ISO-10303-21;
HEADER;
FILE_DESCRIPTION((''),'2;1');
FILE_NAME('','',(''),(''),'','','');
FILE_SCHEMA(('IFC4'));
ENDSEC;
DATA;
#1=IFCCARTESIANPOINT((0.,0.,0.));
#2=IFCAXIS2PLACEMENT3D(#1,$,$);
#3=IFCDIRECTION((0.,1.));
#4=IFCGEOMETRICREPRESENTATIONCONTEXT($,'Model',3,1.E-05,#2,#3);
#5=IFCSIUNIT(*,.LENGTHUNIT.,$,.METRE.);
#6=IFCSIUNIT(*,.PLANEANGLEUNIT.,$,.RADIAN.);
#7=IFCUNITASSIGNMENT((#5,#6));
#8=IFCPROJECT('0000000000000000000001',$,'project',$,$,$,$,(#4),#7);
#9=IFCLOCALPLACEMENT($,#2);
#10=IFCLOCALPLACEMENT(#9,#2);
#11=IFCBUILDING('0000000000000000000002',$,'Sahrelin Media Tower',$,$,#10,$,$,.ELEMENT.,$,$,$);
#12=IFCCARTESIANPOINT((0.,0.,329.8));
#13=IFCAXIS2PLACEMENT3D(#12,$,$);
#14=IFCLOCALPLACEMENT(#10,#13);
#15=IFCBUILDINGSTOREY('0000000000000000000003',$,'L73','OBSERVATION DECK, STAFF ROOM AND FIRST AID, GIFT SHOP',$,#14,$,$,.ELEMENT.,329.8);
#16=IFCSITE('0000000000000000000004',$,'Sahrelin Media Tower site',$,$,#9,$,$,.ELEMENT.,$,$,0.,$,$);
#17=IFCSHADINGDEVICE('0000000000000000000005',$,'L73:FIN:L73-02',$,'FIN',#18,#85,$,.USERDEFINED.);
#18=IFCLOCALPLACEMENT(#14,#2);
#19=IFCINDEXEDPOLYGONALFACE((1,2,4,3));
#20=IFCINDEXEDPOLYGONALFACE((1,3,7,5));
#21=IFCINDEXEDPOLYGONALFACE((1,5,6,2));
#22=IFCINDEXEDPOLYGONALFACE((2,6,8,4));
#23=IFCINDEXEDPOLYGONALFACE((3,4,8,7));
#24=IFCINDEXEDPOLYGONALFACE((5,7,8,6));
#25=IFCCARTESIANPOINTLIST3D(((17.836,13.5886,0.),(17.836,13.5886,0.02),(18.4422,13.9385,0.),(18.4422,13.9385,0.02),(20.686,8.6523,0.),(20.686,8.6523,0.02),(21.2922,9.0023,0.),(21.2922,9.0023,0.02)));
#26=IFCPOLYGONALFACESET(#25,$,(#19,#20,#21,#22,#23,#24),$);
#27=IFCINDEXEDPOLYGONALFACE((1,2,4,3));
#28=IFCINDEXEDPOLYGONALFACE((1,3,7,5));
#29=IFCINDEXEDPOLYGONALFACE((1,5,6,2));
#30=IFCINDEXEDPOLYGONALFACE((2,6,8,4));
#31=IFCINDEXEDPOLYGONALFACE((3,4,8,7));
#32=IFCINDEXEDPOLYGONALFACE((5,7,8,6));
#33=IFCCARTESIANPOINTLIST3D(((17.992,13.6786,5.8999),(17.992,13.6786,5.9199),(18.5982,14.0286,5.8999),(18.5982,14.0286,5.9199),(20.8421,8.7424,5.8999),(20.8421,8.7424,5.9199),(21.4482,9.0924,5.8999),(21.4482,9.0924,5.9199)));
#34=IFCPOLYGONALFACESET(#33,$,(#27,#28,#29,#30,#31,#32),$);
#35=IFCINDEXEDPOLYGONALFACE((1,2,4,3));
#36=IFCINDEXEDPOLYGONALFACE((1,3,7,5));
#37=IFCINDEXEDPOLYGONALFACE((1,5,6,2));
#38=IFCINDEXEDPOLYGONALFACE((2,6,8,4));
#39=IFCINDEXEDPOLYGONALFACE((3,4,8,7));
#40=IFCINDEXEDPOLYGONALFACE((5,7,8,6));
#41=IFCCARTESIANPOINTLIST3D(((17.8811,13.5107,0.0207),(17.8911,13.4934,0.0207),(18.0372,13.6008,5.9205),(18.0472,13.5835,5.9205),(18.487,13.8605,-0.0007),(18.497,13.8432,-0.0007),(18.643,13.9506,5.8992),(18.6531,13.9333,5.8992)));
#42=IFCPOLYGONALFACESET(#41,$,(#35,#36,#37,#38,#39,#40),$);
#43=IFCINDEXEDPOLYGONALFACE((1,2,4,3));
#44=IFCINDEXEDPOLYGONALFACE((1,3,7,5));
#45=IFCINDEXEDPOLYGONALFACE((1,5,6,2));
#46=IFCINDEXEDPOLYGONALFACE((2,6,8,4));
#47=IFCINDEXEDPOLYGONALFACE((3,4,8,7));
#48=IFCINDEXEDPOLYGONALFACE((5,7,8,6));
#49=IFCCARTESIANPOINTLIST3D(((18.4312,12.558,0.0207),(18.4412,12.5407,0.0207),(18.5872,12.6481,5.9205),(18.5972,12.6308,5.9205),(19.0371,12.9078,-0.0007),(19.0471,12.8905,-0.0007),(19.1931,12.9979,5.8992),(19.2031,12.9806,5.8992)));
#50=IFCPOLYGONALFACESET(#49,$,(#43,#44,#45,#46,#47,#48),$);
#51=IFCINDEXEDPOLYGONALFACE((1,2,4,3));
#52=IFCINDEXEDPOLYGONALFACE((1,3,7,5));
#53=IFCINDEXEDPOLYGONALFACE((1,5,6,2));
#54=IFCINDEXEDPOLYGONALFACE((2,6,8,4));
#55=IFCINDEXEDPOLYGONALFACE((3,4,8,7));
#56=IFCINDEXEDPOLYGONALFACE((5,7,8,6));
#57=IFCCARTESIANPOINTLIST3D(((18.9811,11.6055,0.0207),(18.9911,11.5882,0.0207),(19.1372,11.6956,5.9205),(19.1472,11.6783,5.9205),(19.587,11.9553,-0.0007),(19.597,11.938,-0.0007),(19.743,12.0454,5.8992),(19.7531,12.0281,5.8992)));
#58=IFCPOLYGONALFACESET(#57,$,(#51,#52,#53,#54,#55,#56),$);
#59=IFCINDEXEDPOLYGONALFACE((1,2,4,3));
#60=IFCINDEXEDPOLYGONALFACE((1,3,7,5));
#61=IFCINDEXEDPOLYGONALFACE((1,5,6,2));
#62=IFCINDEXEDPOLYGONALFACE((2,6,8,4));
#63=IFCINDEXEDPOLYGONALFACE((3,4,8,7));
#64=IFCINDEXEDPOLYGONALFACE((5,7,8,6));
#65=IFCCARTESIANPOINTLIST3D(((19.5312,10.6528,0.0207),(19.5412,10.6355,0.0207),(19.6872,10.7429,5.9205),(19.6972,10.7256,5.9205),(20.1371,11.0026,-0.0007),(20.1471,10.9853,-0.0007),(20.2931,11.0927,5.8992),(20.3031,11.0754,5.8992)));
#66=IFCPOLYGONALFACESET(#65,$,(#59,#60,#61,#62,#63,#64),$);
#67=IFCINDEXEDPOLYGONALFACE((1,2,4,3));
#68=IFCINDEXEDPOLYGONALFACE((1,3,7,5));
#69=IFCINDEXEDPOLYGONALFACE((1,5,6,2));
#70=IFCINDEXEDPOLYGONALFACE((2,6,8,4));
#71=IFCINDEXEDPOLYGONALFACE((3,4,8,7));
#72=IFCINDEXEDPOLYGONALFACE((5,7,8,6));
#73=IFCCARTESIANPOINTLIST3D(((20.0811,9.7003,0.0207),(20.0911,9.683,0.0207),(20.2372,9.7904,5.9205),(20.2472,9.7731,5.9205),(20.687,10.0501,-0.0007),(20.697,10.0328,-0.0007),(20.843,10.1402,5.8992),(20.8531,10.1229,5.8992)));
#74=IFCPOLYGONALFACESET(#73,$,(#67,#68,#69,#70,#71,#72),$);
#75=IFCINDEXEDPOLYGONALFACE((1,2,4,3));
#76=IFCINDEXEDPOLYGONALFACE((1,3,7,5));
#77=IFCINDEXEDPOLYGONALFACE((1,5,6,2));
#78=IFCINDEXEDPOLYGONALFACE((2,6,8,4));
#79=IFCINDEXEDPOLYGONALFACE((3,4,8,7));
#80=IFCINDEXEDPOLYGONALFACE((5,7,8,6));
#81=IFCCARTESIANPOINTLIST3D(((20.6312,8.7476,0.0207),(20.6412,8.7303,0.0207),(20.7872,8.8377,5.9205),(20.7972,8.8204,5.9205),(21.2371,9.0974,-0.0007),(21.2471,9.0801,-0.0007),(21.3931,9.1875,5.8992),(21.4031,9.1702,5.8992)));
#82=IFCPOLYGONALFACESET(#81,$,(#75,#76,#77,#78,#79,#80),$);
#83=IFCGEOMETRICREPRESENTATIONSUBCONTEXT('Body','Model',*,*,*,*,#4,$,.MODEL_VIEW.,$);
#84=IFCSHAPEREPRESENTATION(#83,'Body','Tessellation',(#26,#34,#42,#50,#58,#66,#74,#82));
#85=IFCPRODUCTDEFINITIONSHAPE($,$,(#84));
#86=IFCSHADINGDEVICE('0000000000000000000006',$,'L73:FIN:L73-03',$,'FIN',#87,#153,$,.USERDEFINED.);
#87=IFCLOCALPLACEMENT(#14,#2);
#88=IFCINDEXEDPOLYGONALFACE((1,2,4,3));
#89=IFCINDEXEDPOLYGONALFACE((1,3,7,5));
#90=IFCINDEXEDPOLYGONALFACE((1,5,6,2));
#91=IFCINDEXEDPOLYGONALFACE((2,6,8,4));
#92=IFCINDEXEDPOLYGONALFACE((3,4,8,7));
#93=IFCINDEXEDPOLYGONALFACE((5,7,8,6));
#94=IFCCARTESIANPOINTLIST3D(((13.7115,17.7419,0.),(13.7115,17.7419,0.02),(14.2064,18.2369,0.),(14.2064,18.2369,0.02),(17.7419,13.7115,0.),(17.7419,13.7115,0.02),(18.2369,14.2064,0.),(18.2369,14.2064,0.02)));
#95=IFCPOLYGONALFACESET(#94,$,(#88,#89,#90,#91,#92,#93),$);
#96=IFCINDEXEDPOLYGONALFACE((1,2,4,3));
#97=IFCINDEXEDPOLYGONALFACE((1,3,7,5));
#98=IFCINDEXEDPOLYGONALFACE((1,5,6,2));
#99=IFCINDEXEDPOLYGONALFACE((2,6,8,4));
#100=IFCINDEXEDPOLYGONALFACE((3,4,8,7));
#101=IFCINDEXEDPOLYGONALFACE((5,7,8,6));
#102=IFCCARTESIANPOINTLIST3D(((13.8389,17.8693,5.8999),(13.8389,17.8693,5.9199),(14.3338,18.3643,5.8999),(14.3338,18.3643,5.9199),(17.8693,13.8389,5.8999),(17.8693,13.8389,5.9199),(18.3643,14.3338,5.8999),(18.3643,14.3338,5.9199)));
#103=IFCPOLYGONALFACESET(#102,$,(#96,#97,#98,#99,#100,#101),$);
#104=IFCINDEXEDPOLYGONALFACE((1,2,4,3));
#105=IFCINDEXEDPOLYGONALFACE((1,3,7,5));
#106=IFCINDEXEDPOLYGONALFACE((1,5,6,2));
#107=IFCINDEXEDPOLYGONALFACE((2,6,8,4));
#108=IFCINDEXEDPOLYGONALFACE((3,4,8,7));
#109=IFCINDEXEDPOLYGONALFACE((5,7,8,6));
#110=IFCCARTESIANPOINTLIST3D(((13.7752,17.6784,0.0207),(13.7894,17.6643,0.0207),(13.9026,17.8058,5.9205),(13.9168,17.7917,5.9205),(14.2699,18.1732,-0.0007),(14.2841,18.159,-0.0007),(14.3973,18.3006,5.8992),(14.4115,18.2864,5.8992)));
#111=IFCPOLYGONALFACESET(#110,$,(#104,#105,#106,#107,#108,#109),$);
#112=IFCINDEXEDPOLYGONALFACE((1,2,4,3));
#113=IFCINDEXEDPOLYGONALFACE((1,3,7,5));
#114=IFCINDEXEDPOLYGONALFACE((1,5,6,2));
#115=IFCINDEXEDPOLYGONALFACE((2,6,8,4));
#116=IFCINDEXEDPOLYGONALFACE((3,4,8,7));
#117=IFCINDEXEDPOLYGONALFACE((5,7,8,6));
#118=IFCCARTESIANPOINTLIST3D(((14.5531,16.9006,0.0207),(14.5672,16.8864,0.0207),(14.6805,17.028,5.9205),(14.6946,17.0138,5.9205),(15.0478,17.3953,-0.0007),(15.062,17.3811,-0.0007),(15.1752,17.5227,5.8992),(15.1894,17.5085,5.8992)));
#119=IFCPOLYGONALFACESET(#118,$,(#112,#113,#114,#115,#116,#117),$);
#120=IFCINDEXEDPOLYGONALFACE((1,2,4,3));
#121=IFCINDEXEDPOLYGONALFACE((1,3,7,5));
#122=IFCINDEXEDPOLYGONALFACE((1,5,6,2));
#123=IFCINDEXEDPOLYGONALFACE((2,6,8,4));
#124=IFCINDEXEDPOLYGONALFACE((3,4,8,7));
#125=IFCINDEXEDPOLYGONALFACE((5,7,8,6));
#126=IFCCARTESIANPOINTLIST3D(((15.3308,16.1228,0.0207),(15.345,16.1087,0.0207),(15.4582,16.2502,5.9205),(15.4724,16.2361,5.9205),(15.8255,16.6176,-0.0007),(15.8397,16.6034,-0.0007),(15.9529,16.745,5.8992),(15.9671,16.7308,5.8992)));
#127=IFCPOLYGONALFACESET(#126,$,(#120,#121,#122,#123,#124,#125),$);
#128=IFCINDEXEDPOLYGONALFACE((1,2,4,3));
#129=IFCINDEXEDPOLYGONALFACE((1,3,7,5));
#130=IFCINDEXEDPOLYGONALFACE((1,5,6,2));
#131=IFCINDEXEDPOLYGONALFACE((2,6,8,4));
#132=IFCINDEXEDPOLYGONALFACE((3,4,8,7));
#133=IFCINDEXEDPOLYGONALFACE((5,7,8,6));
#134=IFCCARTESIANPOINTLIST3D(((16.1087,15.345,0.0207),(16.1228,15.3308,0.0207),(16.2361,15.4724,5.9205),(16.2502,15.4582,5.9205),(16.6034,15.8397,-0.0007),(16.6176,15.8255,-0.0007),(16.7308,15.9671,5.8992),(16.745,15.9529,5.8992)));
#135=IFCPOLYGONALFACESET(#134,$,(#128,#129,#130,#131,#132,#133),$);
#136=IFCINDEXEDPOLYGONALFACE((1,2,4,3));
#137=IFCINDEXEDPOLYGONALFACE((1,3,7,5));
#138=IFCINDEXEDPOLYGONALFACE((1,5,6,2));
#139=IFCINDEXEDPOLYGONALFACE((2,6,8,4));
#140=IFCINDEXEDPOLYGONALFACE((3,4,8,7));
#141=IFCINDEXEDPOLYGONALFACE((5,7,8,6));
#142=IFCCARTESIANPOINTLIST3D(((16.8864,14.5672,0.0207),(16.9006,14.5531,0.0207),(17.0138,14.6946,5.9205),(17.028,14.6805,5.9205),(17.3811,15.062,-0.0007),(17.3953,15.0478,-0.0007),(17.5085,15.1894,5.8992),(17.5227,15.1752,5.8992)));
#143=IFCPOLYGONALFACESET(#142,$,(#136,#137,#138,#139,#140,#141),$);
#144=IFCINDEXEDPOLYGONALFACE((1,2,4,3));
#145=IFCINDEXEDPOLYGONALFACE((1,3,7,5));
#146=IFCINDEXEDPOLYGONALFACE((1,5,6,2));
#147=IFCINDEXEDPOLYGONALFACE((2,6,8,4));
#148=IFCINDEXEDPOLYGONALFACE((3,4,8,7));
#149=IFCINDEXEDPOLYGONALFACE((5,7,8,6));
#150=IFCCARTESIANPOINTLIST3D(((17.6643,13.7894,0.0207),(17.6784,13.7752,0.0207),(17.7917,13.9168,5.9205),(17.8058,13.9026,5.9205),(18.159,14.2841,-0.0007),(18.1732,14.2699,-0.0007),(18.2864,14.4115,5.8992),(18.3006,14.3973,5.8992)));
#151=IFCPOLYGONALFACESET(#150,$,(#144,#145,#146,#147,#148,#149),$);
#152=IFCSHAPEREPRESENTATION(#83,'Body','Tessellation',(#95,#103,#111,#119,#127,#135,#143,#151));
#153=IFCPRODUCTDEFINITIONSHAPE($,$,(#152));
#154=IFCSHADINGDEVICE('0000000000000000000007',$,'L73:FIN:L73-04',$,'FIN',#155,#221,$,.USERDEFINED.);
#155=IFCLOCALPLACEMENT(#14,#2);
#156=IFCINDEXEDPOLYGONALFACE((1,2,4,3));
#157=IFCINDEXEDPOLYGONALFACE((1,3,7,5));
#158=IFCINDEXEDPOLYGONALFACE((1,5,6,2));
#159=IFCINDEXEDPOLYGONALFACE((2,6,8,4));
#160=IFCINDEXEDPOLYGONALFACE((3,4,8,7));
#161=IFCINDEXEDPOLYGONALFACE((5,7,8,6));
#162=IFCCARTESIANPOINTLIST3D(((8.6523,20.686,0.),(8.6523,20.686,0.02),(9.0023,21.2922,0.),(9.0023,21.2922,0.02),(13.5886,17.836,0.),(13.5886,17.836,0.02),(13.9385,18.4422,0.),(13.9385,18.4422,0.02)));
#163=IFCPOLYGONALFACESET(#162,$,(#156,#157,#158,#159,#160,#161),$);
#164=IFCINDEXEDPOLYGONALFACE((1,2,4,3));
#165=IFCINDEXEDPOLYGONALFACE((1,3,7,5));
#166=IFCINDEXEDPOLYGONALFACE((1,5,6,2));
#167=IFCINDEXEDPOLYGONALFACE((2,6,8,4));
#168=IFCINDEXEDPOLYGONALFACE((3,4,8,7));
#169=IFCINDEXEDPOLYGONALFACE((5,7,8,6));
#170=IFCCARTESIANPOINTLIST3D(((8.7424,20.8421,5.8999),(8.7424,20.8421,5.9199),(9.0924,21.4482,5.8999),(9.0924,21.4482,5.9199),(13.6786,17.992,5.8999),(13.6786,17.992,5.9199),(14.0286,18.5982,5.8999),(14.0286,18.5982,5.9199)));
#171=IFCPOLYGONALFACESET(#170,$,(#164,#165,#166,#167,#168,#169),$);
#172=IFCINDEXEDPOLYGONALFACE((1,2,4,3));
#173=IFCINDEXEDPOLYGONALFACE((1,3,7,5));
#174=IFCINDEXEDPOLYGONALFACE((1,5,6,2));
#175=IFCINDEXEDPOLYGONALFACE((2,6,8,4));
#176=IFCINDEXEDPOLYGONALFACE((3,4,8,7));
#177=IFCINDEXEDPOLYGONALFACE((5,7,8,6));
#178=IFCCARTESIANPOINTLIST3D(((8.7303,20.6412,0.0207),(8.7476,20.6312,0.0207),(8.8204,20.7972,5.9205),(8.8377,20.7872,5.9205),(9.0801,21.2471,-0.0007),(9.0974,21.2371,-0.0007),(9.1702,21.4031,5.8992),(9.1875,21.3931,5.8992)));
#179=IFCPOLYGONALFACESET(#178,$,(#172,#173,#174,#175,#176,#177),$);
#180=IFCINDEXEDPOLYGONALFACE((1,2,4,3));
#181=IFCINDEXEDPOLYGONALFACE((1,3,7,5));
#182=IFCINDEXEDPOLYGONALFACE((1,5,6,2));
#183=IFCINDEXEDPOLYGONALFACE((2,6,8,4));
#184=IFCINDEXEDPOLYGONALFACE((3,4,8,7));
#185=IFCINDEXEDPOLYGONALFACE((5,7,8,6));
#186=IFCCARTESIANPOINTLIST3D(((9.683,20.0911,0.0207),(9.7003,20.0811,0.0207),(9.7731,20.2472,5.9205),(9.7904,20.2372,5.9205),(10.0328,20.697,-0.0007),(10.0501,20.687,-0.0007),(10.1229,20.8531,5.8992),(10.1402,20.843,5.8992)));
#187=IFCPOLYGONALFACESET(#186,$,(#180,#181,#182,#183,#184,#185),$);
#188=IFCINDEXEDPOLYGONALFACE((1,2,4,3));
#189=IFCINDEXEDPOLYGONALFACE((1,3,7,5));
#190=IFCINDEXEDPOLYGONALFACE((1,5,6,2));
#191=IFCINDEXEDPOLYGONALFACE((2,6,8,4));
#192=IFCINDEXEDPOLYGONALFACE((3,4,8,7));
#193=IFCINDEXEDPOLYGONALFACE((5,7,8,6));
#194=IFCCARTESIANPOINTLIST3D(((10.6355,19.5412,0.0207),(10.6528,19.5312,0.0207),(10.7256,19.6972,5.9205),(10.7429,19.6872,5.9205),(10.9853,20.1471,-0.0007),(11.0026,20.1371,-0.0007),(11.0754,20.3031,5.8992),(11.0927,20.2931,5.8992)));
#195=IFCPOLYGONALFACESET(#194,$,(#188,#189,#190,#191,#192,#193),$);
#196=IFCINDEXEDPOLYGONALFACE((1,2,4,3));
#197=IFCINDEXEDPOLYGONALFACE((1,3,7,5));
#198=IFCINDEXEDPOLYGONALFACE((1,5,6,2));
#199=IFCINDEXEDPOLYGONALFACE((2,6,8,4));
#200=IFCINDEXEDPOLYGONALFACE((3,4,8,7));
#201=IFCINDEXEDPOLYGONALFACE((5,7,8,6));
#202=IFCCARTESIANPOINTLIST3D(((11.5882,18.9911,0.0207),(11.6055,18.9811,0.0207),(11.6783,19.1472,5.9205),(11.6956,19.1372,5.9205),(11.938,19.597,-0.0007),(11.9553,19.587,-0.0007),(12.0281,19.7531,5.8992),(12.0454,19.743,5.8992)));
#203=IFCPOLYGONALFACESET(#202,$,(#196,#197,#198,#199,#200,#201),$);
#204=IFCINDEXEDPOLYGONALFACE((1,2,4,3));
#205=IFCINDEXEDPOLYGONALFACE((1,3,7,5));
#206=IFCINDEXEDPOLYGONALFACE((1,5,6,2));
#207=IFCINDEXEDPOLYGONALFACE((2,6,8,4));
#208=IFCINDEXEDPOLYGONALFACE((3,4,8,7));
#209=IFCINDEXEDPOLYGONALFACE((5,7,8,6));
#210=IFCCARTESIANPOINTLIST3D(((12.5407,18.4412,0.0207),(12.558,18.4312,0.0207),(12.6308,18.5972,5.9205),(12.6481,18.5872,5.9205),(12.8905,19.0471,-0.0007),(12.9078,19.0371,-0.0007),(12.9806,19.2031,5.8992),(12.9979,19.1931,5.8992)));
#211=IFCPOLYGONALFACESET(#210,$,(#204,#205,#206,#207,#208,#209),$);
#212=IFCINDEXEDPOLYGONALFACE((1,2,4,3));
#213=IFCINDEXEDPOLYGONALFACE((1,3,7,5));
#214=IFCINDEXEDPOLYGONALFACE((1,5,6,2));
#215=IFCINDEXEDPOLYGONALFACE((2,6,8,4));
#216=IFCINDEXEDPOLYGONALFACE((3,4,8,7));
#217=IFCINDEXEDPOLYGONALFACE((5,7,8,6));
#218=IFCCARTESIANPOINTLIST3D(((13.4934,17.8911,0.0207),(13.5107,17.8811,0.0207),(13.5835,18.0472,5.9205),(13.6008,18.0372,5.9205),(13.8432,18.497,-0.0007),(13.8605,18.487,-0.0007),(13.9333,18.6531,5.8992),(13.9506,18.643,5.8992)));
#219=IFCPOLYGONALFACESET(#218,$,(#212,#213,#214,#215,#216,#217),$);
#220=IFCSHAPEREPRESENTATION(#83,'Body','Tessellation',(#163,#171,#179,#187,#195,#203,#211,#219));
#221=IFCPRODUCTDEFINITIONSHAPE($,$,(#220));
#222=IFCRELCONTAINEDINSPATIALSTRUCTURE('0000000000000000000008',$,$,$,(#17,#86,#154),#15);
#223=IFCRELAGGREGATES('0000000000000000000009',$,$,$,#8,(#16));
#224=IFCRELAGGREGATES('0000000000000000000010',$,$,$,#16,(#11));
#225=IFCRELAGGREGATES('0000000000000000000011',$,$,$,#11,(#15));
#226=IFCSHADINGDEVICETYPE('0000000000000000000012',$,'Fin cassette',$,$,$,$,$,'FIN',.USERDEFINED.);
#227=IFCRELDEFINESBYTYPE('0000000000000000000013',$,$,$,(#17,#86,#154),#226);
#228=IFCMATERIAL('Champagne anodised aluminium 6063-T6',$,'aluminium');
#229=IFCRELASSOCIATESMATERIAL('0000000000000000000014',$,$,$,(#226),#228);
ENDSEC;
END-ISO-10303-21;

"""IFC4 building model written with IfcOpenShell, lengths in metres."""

from ifc_helpers import new_model, si_unit, direction, frame, origin, origin_2d, place, context, subcontext, project, spatial, rectangle, extrude, material, type_object, element, save


model = new_model("IFC4")

# Units and contexts
model_context = context("Model", 3, precision=1e-05, world=origin(), true_north=direction((0.0, 1.0)))
body_context = subcontext(model_context, "Body", "Model", "MODEL_VIEW")
ifc_project = project(units=[si_unit("LENGTHUNIT", "METRE"), si_unit("PLANEANGLEUNIT", "RADIAN")], contexts=[model_context])

# Site, building, storey
site_placement = place(None, origin())
site = spatial("IfcSite", under=ifc_project, at=site_placement, Name="Sahrelin Media Tower site", CompositionType="ELEMENT", RefElevation=0.0)
building_placement = place(site_placement, origin())
building = spatial("IfcBuilding", under=site, at=building_placement, Name="Sahrelin Media Tower", CompositionType="ELEMENT")
storey_placement = place(building_placement, frame((0.0, 0.0, 329.8)))
storey = spatial("IfcBuildingStorey", under=building, at=storey_placement, Name="L73", Description="OBSERVATION DECK, STAFF ROOM AND FIRST AID, GIFT SHOP", CompositionType="ELEMENT", Elevation=329.8)

# Shared definitions
ifc_material_1 = material(Name="Champagne anodised aluminium 6063-T6", Category="aluminium")

# Shading devices
shading_device_type_1 = type_object("IfcShadingDeviceType", Name="Fin cassette", ElementType="FIN", PredefinedType="USERDEFINED", material=ifc_material_1)
placement_1 = place(storey_placement, frame((19.2004, 11.0854, 0.0), z_axis=(0.0, 0.0, 1.0), x_axis=(0.500011, -0.866019, 0.0)))
element("IfcShadingDevice", 1, at=placement_1, inside=storey, type_object=shading_device_type_1, Name="L73:FIN:L73-02", ObjectType="FIN", PredefinedType="USERDEFINED", context=body_context, shape_type="SweptSolid", body=[
    extrude(rectangle(XDim=5.7, YDim=0.7, at=origin_2d()), frame((0.0, 0.4199, 0.0)), (0.0, 0.0, 1.0), 0.02),
    extrude(rectangle(XDim=5.7, YDim=0.7, at=origin_2d()), frame((0.0, 0.6001, 5.8999)), (0.0, 0.0, 1.0), 0.02),
    extrude(rectangle(XDim=0.02, YDim=0.7, at=origin_2d()), frame((-2.75, 0.4199, 0.01), z_axis=(0.0, 0.030525, 0.999534), x_axis=(-1.0, 0.0, 0.0)), (0.0, 0.0, 1.0), 5.9026),
    extrude(rectangle(XDim=0.02, YDim=0.7, at=origin_2d()), frame((-1.6499, 0.4199, 0.01), z_axis=(0.0, 0.030525, 0.999534), x_axis=(-1.0, 0.0, 0.0)), (0.0, 0.0, 1.0), 5.9026),
    extrude(rectangle(XDim=0.02, YDim=0.7, at=origin_2d()), frame((-0.55, 0.4199, 0.01), z_axis=(0.0, 0.030525, 0.999534), x_axis=(-1.0, 0.0, 0.0)), (0.0, 0.0, 1.0), 5.9026),
    extrude(rectangle(XDim=0.02, YDim=0.7, at=origin_2d()), frame((0.55, 0.4199, 0.01), z_axis=(0.0, 0.030525, 0.999534), x_axis=(-1.0, 0.0, 0.0)), (0.0, 0.0, 1.0), 5.9026),
    extrude(rectangle(XDim=0.02, YDim=0.7, at=origin_2d()), frame((1.6499, 0.4199, 0.01), z_axis=(0.0, 0.030525, 0.999534), x_axis=(-1.0, 0.0, 0.0)), (0.0, 0.0, 1.0), 5.9026),
    extrude(rectangle(XDim=0.02, YDim=0.7, at=origin_2d()), frame((2.75, 0.4199, 0.01), z_axis=(0.0, 0.030525, 0.999534), x_axis=(-1.0, 0.0, 0.0)), (0.0, 0.0, 1.0), 5.9026),
])
placement_2 = place(storey_placement, frame((15.6772, 15.6772, 0.0), z_axis=(0.0, 0.0, 1.0), x_axis=(0.707107, -0.707107, 0.0)))
element("IfcShadingDevice", 2, at=placement_2, inside=storey, type_object=shading_device_type_1, Name="L73:FIN:L73-03", ObjectType="FIN", PredefinedType="USERDEFINED", context=body_context, shape_type="SweptSolid", body=[
    extrude(rectangle(XDim=5.7, YDim=0.7, at=origin_2d()), frame((0.0, 0.4199, 0.0)), (0.0, 0.0, 1.0), 0.02),
    extrude(rectangle(XDim=5.7, YDim=0.7, at=origin_2d()), frame((0.0, 0.6001, 5.8999)), (0.0, 0.0, 1.0), 0.02),
    extrude(rectangle(XDim=0.02, YDim=0.7, at=origin_2d()), frame((-2.75, 0.4199, 0.01), z_axis=(0.0, 0.030525, 0.999534), x_axis=(-1.0, 0.0, 0.0)), (0.0, 0.0, 1.0), 5.9026),
    extrude(rectangle(XDim=0.02, YDim=0.7, at=origin_2d()), frame((-1.6499, 0.4199, 0.01), z_axis=(0.0, 0.030525, 0.999534), x_axis=(-1.0, 0.0, 0.0)), (0.0, 0.0, 1.0), 5.9026),
    extrude(rectangle(XDim=0.02, YDim=0.7, at=origin_2d()), frame((-0.55, 0.4199, 0.01), z_axis=(0.0, 0.030525, 0.999534), x_axis=(-1.0, 0.0, 0.0)), (0.0, 0.0, 1.0), 5.9026),
    extrude(rectangle(XDim=0.02, YDim=0.7, at=origin_2d()), frame((0.55, 0.4199, 0.01), z_axis=(0.0, 0.030525, 0.999534), x_axis=(-1.0, 0.0, 0.0)), (0.0, 0.0, 1.0), 5.9026),
    extrude(rectangle(XDim=0.02, YDim=0.7, at=origin_2d()), frame((1.6499, 0.4199, 0.01), z_axis=(0.0, 0.030525, 0.999534), x_axis=(-1.0, 0.0, 0.0)), (0.0, 0.0, 1.0), 5.9026),
    extrude(rectangle(XDim=0.02, YDim=0.7, at=origin_2d()), frame((2.75, 0.4199, 0.01), z_axis=(0.0, 0.030525, 0.999534), x_axis=(-1.0, 0.0, 0.0)), (0.0, 0.0, 1.0), 5.9026),
])
placement_3 = place(storey_placement, frame((11.0854, 19.2004, 0.0), z_axis=(0.0, 0.0, 1.0), x_axis=(0.866019, -0.500011, 0.0)))
element("IfcShadingDevice", 3, at=placement_3, inside=storey, type_object=shading_device_type_1, Name="L73:FIN:L73-04", ObjectType="FIN", PredefinedType="USERDEFINED", context=body_context, shape_type="SweptSolid", body=[
    extrude(rectangle(XDim=5.7, YDim=0.7, at=origin_2d()), frame((0.0, 0.4199, 0.0)), (0.0, 0.0, 1.0), 0.02),
    extrude(rectangle(XDim=5.7, YDim=0.7, at=origin_2d()), frame((0.0, 0.6001, 5.8999)), (0.0, 0.0, 1.0), 0.02),
    extrude(rectangle(XDim=0.02, YDim=0.7, at=origin_2d()), frame((-2.75, 0.4199, 0.01), z_axis=(0.0, 0.030525, 0.999534), x_axis=(-1.0, 0.0, 0.0)), (0.0, 0.0, 1.0), 5.9026),
    extrude(rectangle(XDim=0.02, YDim=0.7, at=origin_2d()), frame((-1.6499, 0.4199, 0.01), z_axis=(0.0, 0.030525, 0.999534), x_axis=(-1.0, 0.0, 0.0)), (0.0, 0.0, 1.0), 5.9026),
    extrude(rectangle(XDim=0.02, YDim=0.7, at=origin_2d()), frame((-0.55, 0.4199, 0.01), z_axis=(0.0, 0.030525, 0.999534), x_axis=(-1.0, 0.0, 0.0)), (0.0, 0.0, 1.0), 5.9026),
    extrude(rectangle(XDim=0.02, YDim=0.7, at=origin_2d()), frame((0.55, 0.4199, 0.01), z_axis=(0.0, 0.030525, 0.999534), x_axis=(-1.0, 0.0, 0.0)), (0.0, 0.0, 1.0), 5.9026),
    extrude(rectangle(XDim=0.02, YDim=0.7, at=origin_2d()), frame((1.6499, 0.4199, 0.01), z_axis=(0.0, 0.030525, 0.999534), x_axis=(-1.0, 0.0, 0.0)), (0.0, 0.0, 1.0), 5.9026),
    extrude(rectangle(XDim=0.02, YDim=0.7, at=origin_2d()), frame((2.75, 0.4199, 0.01), z_axis=(0.0, 0.030525, 0.999534), x_axis=(-1.0, 0.0, 0.0)), (0.0, 0.0, 1.0), 5.9026),
])

save(model, "model.ifc")
